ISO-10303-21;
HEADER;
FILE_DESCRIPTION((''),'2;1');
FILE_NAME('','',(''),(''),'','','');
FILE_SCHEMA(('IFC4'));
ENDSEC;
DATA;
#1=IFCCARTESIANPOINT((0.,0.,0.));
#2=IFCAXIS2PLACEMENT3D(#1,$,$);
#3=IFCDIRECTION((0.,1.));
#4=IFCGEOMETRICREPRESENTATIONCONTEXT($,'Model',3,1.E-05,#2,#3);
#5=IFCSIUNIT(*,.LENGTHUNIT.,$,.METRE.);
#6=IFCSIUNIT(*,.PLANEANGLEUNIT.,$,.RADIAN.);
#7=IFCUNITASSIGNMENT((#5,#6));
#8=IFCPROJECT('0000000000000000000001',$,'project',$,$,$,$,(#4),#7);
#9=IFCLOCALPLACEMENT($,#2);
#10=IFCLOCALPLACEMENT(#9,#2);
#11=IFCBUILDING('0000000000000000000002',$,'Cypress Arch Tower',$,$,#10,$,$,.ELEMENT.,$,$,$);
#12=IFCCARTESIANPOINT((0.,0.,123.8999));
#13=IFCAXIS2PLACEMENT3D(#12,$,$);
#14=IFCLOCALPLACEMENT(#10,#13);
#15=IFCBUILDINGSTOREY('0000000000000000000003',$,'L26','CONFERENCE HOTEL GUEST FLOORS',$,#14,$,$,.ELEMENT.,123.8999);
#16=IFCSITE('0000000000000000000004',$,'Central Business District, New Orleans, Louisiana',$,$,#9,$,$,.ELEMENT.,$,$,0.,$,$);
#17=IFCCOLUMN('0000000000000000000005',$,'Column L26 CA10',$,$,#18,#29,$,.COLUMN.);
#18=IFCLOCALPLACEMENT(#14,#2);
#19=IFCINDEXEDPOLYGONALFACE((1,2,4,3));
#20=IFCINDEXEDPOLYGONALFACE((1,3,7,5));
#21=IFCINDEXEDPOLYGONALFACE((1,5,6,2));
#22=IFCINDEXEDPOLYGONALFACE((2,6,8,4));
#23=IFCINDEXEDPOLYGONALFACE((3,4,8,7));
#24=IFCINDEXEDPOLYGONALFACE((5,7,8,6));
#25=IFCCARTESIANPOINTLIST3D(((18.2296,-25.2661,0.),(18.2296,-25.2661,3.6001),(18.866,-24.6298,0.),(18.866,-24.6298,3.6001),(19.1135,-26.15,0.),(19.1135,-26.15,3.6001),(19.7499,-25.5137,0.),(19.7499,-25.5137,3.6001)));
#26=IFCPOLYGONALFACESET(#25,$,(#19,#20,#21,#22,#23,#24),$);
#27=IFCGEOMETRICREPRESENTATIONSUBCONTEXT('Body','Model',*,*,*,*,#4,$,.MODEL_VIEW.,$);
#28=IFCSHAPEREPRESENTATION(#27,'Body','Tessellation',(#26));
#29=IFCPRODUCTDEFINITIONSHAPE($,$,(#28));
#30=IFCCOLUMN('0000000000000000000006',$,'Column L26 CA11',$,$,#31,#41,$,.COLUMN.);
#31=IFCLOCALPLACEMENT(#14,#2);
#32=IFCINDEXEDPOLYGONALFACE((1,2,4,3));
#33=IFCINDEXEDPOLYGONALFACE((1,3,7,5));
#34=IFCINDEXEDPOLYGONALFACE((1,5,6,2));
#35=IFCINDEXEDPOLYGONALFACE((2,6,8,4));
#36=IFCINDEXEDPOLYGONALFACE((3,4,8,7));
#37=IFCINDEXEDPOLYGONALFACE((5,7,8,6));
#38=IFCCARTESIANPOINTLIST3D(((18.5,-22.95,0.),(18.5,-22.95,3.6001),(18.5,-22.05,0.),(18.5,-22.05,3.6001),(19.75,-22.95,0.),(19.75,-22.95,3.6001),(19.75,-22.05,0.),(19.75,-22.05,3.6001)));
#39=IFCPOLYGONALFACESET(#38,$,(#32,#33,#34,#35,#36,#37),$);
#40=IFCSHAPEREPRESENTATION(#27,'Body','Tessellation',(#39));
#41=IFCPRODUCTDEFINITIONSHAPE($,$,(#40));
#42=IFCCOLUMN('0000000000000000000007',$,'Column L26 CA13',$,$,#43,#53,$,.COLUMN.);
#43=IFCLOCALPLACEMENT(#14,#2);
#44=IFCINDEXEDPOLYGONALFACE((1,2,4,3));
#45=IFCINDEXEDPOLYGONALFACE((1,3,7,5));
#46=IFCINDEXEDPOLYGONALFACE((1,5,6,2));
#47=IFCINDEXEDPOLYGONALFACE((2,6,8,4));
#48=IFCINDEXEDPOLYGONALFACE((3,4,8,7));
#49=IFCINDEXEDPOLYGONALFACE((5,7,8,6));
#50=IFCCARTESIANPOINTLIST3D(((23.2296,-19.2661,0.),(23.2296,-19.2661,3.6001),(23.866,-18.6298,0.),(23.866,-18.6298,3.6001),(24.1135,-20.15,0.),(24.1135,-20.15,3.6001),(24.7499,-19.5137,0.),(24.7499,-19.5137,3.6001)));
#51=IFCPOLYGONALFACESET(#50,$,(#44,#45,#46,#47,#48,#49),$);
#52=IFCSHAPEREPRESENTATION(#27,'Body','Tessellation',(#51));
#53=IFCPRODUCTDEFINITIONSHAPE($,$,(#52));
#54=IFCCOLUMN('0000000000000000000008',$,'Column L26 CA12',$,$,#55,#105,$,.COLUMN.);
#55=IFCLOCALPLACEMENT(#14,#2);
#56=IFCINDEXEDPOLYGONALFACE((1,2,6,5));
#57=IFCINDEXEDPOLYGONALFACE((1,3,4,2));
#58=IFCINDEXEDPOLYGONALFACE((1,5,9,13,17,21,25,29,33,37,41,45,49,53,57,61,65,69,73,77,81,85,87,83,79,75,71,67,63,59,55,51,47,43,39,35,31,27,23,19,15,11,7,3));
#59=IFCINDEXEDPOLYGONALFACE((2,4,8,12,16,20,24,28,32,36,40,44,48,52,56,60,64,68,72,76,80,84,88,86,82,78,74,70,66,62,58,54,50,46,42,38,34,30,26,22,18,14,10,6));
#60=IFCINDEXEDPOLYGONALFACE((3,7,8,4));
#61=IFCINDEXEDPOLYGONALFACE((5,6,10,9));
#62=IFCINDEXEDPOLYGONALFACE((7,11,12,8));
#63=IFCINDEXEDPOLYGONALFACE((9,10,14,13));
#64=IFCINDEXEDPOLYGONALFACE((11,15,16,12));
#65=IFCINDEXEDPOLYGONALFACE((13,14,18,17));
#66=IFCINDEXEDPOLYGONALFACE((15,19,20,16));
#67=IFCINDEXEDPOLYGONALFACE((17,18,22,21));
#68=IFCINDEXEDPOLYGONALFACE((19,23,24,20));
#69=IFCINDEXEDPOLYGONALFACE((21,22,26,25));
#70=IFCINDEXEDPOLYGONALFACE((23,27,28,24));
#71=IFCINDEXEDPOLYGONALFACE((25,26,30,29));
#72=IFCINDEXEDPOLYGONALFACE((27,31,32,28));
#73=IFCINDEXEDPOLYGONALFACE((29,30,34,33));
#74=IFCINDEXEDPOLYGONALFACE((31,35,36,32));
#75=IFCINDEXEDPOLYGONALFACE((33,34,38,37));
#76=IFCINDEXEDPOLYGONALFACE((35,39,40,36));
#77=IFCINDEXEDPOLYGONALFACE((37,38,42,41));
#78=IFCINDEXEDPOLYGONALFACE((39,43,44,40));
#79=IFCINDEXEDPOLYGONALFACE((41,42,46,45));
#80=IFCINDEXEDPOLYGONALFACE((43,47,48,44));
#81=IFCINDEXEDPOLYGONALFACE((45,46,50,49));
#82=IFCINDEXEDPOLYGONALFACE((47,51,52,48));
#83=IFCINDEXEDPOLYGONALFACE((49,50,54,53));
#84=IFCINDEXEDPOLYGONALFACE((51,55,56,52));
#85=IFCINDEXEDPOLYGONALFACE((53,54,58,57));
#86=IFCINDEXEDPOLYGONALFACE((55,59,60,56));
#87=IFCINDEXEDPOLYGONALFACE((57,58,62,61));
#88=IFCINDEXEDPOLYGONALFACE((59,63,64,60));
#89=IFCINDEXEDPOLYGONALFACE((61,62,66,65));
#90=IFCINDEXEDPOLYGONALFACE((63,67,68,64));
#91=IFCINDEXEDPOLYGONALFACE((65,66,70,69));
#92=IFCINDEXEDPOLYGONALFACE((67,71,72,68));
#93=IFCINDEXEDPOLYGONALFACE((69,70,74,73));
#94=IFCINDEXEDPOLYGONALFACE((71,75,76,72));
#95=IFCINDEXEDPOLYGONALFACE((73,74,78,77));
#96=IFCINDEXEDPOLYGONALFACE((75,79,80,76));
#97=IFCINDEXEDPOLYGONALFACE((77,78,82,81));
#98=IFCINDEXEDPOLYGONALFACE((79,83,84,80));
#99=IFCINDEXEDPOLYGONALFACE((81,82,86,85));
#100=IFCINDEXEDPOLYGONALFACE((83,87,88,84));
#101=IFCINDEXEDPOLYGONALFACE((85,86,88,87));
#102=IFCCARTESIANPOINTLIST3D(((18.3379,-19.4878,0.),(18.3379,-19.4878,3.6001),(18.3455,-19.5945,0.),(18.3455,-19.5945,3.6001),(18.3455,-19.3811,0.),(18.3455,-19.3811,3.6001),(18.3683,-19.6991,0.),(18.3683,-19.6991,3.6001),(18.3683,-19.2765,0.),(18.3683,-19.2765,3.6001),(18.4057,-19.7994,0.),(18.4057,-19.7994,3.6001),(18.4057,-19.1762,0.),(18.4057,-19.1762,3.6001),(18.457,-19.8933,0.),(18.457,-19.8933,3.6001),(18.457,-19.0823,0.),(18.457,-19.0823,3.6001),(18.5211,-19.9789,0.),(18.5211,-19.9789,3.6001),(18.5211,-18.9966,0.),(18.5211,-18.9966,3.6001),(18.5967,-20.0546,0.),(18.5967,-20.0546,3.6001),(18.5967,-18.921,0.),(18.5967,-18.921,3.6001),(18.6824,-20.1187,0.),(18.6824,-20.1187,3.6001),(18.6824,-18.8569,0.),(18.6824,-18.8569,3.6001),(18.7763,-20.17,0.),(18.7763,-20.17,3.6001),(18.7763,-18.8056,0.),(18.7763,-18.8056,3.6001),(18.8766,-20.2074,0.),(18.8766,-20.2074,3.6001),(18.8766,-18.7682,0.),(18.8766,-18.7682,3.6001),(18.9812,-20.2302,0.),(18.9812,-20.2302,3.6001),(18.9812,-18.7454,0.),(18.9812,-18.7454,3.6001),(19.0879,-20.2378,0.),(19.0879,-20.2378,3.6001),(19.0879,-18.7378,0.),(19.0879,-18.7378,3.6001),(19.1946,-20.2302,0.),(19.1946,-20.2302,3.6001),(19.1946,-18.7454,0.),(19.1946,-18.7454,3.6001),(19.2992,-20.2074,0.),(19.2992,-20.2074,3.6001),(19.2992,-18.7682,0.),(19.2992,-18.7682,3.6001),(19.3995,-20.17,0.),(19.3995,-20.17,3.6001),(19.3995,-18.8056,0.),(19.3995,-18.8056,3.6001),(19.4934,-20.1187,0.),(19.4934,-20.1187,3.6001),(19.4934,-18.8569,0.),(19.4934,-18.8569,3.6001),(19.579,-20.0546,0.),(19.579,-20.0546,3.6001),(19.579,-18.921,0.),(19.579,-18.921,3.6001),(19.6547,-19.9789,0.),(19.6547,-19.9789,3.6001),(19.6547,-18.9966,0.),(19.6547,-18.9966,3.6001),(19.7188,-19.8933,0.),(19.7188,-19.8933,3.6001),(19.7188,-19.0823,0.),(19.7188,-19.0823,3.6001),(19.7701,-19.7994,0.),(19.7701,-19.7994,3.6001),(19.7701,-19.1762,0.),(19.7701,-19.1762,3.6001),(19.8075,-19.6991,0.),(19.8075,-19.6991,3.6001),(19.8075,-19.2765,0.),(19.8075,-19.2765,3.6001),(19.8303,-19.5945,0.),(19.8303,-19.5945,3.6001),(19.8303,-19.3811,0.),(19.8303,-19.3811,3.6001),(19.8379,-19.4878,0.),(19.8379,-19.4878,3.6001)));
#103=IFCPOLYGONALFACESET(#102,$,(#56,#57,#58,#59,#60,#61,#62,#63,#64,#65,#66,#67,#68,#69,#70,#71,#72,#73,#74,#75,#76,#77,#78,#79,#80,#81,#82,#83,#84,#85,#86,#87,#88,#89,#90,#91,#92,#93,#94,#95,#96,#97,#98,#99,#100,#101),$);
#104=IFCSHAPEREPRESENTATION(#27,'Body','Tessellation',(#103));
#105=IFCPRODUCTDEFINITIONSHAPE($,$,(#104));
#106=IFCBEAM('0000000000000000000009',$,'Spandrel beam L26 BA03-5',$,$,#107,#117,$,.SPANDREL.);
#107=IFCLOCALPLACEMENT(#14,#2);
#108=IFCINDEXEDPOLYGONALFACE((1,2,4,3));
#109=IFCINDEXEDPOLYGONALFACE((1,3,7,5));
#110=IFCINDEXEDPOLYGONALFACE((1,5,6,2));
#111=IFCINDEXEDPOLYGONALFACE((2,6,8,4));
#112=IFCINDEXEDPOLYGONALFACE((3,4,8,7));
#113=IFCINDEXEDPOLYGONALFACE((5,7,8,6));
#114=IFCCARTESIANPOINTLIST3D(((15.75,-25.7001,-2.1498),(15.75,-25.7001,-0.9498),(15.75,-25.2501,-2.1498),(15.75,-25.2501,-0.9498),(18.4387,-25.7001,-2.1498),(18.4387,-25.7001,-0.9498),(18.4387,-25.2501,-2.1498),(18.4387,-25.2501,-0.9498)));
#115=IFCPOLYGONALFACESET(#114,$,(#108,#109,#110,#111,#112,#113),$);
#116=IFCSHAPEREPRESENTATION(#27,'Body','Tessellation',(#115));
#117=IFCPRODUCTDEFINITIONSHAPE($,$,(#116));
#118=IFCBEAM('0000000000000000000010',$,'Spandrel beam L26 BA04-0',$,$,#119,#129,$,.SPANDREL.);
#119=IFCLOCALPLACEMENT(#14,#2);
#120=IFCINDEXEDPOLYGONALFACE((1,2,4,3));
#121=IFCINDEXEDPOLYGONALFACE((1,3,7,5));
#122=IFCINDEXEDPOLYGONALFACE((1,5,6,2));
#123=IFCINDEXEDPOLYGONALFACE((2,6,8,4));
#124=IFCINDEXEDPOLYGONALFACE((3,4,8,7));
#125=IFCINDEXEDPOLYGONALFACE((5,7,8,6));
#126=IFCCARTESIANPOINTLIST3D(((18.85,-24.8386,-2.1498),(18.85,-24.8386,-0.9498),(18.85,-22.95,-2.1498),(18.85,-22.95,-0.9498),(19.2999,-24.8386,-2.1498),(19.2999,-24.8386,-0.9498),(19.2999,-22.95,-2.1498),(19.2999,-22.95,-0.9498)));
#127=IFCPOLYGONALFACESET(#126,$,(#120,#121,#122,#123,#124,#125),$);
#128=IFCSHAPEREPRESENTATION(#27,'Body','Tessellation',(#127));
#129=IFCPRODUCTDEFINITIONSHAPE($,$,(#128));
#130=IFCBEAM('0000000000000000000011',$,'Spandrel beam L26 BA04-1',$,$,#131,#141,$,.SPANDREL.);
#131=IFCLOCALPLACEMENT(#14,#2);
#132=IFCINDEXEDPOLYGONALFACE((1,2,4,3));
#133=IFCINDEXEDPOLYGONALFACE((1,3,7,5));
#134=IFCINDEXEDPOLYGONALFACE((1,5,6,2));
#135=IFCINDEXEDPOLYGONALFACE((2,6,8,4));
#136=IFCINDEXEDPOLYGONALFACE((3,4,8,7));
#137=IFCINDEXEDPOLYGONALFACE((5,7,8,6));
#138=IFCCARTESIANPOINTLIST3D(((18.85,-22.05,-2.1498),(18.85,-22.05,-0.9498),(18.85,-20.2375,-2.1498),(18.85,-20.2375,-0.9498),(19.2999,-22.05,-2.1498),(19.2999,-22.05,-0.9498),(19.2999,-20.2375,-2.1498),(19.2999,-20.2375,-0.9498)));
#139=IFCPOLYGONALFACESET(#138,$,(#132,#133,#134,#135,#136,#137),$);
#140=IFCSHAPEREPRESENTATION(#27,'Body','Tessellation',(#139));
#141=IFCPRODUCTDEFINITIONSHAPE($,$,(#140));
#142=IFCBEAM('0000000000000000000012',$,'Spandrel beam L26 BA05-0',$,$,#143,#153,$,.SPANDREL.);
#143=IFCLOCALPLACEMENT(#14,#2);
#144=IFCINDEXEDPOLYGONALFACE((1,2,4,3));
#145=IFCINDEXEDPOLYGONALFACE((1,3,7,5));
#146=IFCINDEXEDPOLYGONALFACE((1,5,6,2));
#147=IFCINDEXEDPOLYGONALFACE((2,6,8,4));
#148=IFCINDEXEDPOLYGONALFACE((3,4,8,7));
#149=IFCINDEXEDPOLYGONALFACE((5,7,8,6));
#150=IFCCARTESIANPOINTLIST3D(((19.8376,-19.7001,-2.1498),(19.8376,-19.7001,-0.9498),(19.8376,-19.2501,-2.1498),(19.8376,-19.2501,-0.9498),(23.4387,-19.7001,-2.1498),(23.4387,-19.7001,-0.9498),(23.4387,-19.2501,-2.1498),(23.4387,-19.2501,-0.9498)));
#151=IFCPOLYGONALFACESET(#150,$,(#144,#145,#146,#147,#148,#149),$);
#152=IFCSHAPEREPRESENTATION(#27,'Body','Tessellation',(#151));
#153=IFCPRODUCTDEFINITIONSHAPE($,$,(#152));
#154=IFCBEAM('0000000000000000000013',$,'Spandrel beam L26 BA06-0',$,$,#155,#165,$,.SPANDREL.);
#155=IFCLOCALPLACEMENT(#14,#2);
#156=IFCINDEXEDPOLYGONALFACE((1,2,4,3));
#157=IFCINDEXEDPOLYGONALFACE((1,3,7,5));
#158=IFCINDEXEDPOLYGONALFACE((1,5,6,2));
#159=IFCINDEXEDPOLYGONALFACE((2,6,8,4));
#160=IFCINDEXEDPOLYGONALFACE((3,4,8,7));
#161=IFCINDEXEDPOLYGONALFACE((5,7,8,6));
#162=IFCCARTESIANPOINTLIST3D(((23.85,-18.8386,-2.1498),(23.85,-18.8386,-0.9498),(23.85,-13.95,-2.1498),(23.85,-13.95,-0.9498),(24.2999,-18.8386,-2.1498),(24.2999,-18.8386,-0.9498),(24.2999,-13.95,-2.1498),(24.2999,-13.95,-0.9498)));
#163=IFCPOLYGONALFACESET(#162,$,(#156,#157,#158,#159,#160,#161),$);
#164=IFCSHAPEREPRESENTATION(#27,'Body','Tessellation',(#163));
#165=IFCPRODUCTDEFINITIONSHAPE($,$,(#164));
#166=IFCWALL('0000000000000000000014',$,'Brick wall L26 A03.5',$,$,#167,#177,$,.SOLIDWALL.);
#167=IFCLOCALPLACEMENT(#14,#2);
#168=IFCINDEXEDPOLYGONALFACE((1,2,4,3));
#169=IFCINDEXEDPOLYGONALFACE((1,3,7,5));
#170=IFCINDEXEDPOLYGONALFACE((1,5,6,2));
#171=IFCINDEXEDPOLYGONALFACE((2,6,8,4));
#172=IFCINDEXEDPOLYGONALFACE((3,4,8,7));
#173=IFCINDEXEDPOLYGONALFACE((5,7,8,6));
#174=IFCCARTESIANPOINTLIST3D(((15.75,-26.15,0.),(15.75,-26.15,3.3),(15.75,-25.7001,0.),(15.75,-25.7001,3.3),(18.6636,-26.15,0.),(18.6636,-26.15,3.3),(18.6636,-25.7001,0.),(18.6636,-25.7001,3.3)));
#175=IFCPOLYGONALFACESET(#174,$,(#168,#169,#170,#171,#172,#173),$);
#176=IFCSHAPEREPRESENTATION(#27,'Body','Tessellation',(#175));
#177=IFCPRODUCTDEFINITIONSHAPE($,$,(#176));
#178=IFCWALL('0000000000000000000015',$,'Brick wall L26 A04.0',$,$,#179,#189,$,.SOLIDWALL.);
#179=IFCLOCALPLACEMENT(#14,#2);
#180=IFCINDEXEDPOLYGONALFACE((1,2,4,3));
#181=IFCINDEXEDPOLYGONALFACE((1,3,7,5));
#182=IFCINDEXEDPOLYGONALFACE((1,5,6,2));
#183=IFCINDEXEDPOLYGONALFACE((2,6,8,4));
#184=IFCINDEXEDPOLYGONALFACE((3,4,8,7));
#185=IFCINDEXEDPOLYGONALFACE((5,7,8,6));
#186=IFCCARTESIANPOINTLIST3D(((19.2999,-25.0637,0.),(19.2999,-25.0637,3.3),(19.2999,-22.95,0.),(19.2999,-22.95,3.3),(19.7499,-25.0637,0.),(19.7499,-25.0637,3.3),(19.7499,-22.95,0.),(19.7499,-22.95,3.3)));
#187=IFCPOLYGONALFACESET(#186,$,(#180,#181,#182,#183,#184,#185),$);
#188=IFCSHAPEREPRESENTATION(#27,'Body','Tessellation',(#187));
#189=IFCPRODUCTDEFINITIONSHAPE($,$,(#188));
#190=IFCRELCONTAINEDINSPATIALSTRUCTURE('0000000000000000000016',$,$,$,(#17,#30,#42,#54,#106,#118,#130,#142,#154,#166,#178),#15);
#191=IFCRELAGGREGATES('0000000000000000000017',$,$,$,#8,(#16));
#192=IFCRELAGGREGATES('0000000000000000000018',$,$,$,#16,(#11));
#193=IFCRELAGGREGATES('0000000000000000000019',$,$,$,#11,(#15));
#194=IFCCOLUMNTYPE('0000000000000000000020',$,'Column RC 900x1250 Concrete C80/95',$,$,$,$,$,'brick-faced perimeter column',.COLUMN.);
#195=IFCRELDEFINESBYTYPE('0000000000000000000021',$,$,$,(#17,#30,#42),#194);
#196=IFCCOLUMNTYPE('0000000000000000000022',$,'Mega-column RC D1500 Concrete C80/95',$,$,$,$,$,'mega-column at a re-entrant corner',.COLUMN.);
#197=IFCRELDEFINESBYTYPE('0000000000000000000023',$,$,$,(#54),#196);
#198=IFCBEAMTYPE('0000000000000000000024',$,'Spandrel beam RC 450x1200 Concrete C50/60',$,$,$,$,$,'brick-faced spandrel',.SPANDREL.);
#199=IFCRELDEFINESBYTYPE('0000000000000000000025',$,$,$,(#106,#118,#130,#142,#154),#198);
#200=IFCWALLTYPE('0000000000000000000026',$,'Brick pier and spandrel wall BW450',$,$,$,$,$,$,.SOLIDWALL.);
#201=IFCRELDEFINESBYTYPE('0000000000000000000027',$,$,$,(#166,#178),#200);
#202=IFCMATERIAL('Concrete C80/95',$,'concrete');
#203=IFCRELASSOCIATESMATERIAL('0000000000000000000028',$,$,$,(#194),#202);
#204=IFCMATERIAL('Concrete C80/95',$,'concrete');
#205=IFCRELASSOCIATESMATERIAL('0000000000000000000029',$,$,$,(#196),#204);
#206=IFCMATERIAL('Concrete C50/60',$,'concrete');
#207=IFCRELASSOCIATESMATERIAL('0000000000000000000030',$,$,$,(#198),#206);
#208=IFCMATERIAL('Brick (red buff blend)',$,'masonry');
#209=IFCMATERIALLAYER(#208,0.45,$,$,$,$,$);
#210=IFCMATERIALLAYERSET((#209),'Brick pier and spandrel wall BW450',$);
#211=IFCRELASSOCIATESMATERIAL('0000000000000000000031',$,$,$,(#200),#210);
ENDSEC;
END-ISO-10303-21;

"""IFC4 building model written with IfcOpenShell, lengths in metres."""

from ifc_helpers import new_model, si_unit, direction, frame, frame_2d, origin, origin_2d, place, context, subcontext, project, spatial, rectangle, circle, extrude, material, layer, layer_set, material_profile, profile_set, type_object, element, save


model = new_model("IFC4")

# Units and contexts
model_context = context("Model", 3, precision=1e-05, world=origin(), true_north=direction((0.0, 1.0)))
body_context = subcontext(model_context, "Body", "Model", "MODEL_VIEW")
ifc_project = project(units=[si_unit("LENGTHUNIT", "METRE"), si_unit("PLANEANGLEUNIT", "RADIAN")], contexts=[model_context])

# Site, building, storey
site_placement = place(None, origin())
site = spatial("IfcSite", under=ifc_project, at=site_placement, Name="Central Business District, New Orleans, Louisiana", CompositionType="ELEMENT", RefElevation=0.0)
building_placement = place(site_placement, origin())
building = spatial("IfcBuilding", under=site, at=building_placement, Name="Cypress Arch Tower", CompositionType="ELEMENT")
storey_placement = place(building_placement, frame((0.0, 0.0, 123.8999)))
storey = spatial("IfcBuildingStorey", under=building, at=storey_placement, Name="L26", Description="CONFERENCE HOTEL GUEST FLOORS", CompositionType="ELEMENT", Elevation=123.8999)

# Columns
ifc_material_1 = material(Name="Concrete C80/95", Category="concrete")
ifc_material_profile_1 = material_profile(ifc_material_1, rectangle(XDim=0.8999, YDim=1.25, at=origin_2d()), Name="RC 900x1250")
ifc_profile_set_1 = profile_set([ifc_material_profile_1], Name="Concrete C80/95")
column_type_1 = type_object("IfcColumnType", Name="Column RC 900x1250 Concrete C80/95", ElementType="brick-faced perimeter column", PredefinedType="COLUMN", material=ifc_profile_set_1)
for number, where, z_axis, x_axis, name in (
    (1, (18.9897, -25.3899, 0.0), (0.0, 0.0, 1.0), (0.707107, 0.707107, 0.0), "Column L26 CA10"),
    (2, (19.125, -22.5, 0.0), (0.0, 0.0, 1.0), (0.0, 1.0, 0.0), "Column L26 CA11"),
    (3, (23.9897, -19.3899, 0.0), (0.0, 0.0, 1.0), (0.707107, 0.707107, 0.0), "Column L26 CA13"),
):
    element("IfcColumn", number, at=place(storey_placement, frame(where, z_axis=z_axis, x_axis=x_axis)), inside=storey, type_object=column_type_1, Name=name, PredefinedType="COLUMN", context=body_context, shape_type="SweptSolid", body=[
        extrude(rectangle(XDim=0.8999, YDim=1.25, at=origin_2d()), origin(), (0.0, 0.0, 1.0), 3.6001),
    ])
ifc_material_2 = material(Name="Concrete C80/95", Category="concrete")
ifc_material_profile_2 = material_profile(ifc_material_2, circle(Radius=0.75, at=origin_2d()), Name="RC D1500")
ifc_profile_set_2 = profile_set([ifc_material_profile_2], Name="Concrete C80/95")
column_type_2 = type_object("IfcColumnType", Name="Mega-column RC D1500 Concrete C80/95", ElementType="mega-column at a re-entrant corner", PredefinedType="COLUMN", material=ifc_profile_set_2)
column_placement = place(storey_placement, frame((19.0879, -19.4878, 0.0), z_axis=(0.0, 0.0, 1.0), x_axis=(1.0, 0.0, 0.0)))
element("IfcColumn", 4, at=column_placement, inside=storey, type_object=column_type_2, Name="Column L26 CA12", PredefinedType="COLUMN", context=body_context, shape_type="SweptSolid", body=[
    extrude(circle(Radius=0.75, at=origin_2d()), origin(), (0.0, 0.0, 1.0), 3.6001),
])

# Beams
ifc_material_3 = material(Name="Concrete C50/60", Category="concrete")
ifc_material_profile_3 = material_profile(ifc_material_3, rectangle(XDim=0.45, YDim=1.2, at=origin_2d()), Name="RC 450x1200")
ifc_profile_set_3 = profile_set([ifc_material_profile_3], Name="Concrete C50/60")
beam_type = type_object("IfcBeamType", Name="Spandrel beam RC 450x1200 Concrete C50/60", ElementType="brick-faced spandrel", PredefinedType="SPANDREL", material=ifc_profile_set_3)
beam_1_placement = place(storey_placement, frame((15.75, -25.4751, -1.5498), z_axis=(1.0, 0.0, 0.0), x_axis=(0.0, 1.0, 0.0)))
element("IfcBeam", 5, at=beam_1_placement, inside=storey, type_object=beam_type, Name="Spandrel beam L26 BA03-5", PredefinedType="SPANDREL", context=body_context, shape_type="SweptSolid", body=[
    extrude(rectangle(XDim=0.45, YDim=1.2, at=origin_2d()), origin(), (0.0, 0.0, 1.0), 2.6887),
])
beam_2_placement = place(storey_placement, frame((19.075, -24.8386, -1.5498), z_axis=(0.0, 1.0, 0.0), x_axis=(-1.0, 0.0, 0.0)))
element("IfcBeam", 6, at=beam_2_placement, inside=storey, type_object=beam_type, Name="Spandrel beam L26 BA04-0", PredefinedType="SPANDREL", context=body_context, shape_type="SweptSolid", body=[
    extrude(rectangle(XDim=0.45, YDim=1.2, at=origin_2d()), origin(), (0.0, 0.0, 1.0), 1.8887),
])
beam_3_placement = place(storey_placement, frame((19.075, -22.05, -1.5498), z_axis=(0.0, 1.0, 0.0), x_axis=(-1.0, 0.0, 0.0)))
element("IfcBeam", 7, at=beam_3_placement, inside=storey, type_object=beam_type, Name="Spandrel beam L26 BA04-1", PredefinedType="SPANDREL", context=body_context, shape_type="SweptSolid", body=[
    extrude(rectangle(XDim=0.45, YDim=1.2, at=origin_2d()), origin(), (0.0, 0.0, 1.0), 1.8125),
])
beam_4_placement = place(storey_placement, frame((19.8376, -19.4751, -1.5498), z_axis=(1.0, 0.0, 0.0), x_axis=(0.0, 1.0, 0.0)))
element("IfcBeam", 8, at=beam_4_placement, inside=storey, type_object=beam_type, Name="Spandrel beam L26 BA05-0", PredefinedType="SPANDREL", context=body_context, shape_type="SweptSolid", body=[
    extrude(rectangle(XDim=0.45, YDim=1.2, at=origin_2d()), origin(), (0.0, 0.0, 1.0), 3.6011),
])
beam_5_placement = place(storey_placement, frame((24.075, -18.8386, -1.5498), z_axis=(0.0, 1.0, 0.0), x_axis=(-1.0, 0.0, 0.0)))
element("IfcBeam", 9, at=beam_5_placement, inside=storey, type_object=beam_type, Name="Spandrel beam L26 BA06-0", PredefinedType="SPANDREL", context=body_context, shape_type="SweptSolid", body=[
    extrude(rectangle(XDim=0.45, YDim=1.2, at=origin_2d()), origin(), (0.0, 0.0, 1.0), 4.8887),
])

# Walls
ifc_material_4 = material(Name="Brick (red buff blend)", Category="masonry")
ifc_layer_1 = layer(ifc_material_4, 0.45)
ifc_layer_set_1 = layer_set([ifc_layer_1], Name="Brick pier and spandrel wall BW450")
wall_type_1 = type_object("IfcWallType", Name="Brick pier and spandrel wall BW450", PredefinedType="SOLIDWALL", material=ifc_layer_set_1)
wall_1_placement = place(storey_placement, frame((15.75, -25.925, 0.0), z_axis=(0.0, 0.0, 1.0), x_axis=(1.0, 0.0, 0.0)))
element("IfcWall", 10, at=wall_1_placement, inside=storey, type_object=wall_type_1, Name="Brick wall L26 A03.5", PredefinedType="SOLIDWALL", context=body_context, shape_type="SweptSolid", body=[
    extrude(rectangle(XDim=2.9136, YDim=0.45, at=frame_2d((1.4568, 0.0))), origin(), (0.0, 0.0, 1.0), 3.3),
])
wall_2_placement = place(storey_placement, frame((19.5249, -25.0637, 0.0), z_axis=(0.0, 0.0, 1.0), x_axis=(0.0, 1.0, 0.0)))
element("IfcWall", 11, at=wall_2_placement, inside=storey, type_object=wall_type_1, Name="Brick wall L26 A04.0", PredefinedType="SOLIDWALL", context=body_context, shape_type="SweptSolid", body=[
    extrude(rectangle(XDim=2.1138, YDim=0.45, at=frame_2d((1.0569, 0.0))), origin(), (0.0, 0.0, 1.0), 3.3),
])

save(model, "model.ifc")
